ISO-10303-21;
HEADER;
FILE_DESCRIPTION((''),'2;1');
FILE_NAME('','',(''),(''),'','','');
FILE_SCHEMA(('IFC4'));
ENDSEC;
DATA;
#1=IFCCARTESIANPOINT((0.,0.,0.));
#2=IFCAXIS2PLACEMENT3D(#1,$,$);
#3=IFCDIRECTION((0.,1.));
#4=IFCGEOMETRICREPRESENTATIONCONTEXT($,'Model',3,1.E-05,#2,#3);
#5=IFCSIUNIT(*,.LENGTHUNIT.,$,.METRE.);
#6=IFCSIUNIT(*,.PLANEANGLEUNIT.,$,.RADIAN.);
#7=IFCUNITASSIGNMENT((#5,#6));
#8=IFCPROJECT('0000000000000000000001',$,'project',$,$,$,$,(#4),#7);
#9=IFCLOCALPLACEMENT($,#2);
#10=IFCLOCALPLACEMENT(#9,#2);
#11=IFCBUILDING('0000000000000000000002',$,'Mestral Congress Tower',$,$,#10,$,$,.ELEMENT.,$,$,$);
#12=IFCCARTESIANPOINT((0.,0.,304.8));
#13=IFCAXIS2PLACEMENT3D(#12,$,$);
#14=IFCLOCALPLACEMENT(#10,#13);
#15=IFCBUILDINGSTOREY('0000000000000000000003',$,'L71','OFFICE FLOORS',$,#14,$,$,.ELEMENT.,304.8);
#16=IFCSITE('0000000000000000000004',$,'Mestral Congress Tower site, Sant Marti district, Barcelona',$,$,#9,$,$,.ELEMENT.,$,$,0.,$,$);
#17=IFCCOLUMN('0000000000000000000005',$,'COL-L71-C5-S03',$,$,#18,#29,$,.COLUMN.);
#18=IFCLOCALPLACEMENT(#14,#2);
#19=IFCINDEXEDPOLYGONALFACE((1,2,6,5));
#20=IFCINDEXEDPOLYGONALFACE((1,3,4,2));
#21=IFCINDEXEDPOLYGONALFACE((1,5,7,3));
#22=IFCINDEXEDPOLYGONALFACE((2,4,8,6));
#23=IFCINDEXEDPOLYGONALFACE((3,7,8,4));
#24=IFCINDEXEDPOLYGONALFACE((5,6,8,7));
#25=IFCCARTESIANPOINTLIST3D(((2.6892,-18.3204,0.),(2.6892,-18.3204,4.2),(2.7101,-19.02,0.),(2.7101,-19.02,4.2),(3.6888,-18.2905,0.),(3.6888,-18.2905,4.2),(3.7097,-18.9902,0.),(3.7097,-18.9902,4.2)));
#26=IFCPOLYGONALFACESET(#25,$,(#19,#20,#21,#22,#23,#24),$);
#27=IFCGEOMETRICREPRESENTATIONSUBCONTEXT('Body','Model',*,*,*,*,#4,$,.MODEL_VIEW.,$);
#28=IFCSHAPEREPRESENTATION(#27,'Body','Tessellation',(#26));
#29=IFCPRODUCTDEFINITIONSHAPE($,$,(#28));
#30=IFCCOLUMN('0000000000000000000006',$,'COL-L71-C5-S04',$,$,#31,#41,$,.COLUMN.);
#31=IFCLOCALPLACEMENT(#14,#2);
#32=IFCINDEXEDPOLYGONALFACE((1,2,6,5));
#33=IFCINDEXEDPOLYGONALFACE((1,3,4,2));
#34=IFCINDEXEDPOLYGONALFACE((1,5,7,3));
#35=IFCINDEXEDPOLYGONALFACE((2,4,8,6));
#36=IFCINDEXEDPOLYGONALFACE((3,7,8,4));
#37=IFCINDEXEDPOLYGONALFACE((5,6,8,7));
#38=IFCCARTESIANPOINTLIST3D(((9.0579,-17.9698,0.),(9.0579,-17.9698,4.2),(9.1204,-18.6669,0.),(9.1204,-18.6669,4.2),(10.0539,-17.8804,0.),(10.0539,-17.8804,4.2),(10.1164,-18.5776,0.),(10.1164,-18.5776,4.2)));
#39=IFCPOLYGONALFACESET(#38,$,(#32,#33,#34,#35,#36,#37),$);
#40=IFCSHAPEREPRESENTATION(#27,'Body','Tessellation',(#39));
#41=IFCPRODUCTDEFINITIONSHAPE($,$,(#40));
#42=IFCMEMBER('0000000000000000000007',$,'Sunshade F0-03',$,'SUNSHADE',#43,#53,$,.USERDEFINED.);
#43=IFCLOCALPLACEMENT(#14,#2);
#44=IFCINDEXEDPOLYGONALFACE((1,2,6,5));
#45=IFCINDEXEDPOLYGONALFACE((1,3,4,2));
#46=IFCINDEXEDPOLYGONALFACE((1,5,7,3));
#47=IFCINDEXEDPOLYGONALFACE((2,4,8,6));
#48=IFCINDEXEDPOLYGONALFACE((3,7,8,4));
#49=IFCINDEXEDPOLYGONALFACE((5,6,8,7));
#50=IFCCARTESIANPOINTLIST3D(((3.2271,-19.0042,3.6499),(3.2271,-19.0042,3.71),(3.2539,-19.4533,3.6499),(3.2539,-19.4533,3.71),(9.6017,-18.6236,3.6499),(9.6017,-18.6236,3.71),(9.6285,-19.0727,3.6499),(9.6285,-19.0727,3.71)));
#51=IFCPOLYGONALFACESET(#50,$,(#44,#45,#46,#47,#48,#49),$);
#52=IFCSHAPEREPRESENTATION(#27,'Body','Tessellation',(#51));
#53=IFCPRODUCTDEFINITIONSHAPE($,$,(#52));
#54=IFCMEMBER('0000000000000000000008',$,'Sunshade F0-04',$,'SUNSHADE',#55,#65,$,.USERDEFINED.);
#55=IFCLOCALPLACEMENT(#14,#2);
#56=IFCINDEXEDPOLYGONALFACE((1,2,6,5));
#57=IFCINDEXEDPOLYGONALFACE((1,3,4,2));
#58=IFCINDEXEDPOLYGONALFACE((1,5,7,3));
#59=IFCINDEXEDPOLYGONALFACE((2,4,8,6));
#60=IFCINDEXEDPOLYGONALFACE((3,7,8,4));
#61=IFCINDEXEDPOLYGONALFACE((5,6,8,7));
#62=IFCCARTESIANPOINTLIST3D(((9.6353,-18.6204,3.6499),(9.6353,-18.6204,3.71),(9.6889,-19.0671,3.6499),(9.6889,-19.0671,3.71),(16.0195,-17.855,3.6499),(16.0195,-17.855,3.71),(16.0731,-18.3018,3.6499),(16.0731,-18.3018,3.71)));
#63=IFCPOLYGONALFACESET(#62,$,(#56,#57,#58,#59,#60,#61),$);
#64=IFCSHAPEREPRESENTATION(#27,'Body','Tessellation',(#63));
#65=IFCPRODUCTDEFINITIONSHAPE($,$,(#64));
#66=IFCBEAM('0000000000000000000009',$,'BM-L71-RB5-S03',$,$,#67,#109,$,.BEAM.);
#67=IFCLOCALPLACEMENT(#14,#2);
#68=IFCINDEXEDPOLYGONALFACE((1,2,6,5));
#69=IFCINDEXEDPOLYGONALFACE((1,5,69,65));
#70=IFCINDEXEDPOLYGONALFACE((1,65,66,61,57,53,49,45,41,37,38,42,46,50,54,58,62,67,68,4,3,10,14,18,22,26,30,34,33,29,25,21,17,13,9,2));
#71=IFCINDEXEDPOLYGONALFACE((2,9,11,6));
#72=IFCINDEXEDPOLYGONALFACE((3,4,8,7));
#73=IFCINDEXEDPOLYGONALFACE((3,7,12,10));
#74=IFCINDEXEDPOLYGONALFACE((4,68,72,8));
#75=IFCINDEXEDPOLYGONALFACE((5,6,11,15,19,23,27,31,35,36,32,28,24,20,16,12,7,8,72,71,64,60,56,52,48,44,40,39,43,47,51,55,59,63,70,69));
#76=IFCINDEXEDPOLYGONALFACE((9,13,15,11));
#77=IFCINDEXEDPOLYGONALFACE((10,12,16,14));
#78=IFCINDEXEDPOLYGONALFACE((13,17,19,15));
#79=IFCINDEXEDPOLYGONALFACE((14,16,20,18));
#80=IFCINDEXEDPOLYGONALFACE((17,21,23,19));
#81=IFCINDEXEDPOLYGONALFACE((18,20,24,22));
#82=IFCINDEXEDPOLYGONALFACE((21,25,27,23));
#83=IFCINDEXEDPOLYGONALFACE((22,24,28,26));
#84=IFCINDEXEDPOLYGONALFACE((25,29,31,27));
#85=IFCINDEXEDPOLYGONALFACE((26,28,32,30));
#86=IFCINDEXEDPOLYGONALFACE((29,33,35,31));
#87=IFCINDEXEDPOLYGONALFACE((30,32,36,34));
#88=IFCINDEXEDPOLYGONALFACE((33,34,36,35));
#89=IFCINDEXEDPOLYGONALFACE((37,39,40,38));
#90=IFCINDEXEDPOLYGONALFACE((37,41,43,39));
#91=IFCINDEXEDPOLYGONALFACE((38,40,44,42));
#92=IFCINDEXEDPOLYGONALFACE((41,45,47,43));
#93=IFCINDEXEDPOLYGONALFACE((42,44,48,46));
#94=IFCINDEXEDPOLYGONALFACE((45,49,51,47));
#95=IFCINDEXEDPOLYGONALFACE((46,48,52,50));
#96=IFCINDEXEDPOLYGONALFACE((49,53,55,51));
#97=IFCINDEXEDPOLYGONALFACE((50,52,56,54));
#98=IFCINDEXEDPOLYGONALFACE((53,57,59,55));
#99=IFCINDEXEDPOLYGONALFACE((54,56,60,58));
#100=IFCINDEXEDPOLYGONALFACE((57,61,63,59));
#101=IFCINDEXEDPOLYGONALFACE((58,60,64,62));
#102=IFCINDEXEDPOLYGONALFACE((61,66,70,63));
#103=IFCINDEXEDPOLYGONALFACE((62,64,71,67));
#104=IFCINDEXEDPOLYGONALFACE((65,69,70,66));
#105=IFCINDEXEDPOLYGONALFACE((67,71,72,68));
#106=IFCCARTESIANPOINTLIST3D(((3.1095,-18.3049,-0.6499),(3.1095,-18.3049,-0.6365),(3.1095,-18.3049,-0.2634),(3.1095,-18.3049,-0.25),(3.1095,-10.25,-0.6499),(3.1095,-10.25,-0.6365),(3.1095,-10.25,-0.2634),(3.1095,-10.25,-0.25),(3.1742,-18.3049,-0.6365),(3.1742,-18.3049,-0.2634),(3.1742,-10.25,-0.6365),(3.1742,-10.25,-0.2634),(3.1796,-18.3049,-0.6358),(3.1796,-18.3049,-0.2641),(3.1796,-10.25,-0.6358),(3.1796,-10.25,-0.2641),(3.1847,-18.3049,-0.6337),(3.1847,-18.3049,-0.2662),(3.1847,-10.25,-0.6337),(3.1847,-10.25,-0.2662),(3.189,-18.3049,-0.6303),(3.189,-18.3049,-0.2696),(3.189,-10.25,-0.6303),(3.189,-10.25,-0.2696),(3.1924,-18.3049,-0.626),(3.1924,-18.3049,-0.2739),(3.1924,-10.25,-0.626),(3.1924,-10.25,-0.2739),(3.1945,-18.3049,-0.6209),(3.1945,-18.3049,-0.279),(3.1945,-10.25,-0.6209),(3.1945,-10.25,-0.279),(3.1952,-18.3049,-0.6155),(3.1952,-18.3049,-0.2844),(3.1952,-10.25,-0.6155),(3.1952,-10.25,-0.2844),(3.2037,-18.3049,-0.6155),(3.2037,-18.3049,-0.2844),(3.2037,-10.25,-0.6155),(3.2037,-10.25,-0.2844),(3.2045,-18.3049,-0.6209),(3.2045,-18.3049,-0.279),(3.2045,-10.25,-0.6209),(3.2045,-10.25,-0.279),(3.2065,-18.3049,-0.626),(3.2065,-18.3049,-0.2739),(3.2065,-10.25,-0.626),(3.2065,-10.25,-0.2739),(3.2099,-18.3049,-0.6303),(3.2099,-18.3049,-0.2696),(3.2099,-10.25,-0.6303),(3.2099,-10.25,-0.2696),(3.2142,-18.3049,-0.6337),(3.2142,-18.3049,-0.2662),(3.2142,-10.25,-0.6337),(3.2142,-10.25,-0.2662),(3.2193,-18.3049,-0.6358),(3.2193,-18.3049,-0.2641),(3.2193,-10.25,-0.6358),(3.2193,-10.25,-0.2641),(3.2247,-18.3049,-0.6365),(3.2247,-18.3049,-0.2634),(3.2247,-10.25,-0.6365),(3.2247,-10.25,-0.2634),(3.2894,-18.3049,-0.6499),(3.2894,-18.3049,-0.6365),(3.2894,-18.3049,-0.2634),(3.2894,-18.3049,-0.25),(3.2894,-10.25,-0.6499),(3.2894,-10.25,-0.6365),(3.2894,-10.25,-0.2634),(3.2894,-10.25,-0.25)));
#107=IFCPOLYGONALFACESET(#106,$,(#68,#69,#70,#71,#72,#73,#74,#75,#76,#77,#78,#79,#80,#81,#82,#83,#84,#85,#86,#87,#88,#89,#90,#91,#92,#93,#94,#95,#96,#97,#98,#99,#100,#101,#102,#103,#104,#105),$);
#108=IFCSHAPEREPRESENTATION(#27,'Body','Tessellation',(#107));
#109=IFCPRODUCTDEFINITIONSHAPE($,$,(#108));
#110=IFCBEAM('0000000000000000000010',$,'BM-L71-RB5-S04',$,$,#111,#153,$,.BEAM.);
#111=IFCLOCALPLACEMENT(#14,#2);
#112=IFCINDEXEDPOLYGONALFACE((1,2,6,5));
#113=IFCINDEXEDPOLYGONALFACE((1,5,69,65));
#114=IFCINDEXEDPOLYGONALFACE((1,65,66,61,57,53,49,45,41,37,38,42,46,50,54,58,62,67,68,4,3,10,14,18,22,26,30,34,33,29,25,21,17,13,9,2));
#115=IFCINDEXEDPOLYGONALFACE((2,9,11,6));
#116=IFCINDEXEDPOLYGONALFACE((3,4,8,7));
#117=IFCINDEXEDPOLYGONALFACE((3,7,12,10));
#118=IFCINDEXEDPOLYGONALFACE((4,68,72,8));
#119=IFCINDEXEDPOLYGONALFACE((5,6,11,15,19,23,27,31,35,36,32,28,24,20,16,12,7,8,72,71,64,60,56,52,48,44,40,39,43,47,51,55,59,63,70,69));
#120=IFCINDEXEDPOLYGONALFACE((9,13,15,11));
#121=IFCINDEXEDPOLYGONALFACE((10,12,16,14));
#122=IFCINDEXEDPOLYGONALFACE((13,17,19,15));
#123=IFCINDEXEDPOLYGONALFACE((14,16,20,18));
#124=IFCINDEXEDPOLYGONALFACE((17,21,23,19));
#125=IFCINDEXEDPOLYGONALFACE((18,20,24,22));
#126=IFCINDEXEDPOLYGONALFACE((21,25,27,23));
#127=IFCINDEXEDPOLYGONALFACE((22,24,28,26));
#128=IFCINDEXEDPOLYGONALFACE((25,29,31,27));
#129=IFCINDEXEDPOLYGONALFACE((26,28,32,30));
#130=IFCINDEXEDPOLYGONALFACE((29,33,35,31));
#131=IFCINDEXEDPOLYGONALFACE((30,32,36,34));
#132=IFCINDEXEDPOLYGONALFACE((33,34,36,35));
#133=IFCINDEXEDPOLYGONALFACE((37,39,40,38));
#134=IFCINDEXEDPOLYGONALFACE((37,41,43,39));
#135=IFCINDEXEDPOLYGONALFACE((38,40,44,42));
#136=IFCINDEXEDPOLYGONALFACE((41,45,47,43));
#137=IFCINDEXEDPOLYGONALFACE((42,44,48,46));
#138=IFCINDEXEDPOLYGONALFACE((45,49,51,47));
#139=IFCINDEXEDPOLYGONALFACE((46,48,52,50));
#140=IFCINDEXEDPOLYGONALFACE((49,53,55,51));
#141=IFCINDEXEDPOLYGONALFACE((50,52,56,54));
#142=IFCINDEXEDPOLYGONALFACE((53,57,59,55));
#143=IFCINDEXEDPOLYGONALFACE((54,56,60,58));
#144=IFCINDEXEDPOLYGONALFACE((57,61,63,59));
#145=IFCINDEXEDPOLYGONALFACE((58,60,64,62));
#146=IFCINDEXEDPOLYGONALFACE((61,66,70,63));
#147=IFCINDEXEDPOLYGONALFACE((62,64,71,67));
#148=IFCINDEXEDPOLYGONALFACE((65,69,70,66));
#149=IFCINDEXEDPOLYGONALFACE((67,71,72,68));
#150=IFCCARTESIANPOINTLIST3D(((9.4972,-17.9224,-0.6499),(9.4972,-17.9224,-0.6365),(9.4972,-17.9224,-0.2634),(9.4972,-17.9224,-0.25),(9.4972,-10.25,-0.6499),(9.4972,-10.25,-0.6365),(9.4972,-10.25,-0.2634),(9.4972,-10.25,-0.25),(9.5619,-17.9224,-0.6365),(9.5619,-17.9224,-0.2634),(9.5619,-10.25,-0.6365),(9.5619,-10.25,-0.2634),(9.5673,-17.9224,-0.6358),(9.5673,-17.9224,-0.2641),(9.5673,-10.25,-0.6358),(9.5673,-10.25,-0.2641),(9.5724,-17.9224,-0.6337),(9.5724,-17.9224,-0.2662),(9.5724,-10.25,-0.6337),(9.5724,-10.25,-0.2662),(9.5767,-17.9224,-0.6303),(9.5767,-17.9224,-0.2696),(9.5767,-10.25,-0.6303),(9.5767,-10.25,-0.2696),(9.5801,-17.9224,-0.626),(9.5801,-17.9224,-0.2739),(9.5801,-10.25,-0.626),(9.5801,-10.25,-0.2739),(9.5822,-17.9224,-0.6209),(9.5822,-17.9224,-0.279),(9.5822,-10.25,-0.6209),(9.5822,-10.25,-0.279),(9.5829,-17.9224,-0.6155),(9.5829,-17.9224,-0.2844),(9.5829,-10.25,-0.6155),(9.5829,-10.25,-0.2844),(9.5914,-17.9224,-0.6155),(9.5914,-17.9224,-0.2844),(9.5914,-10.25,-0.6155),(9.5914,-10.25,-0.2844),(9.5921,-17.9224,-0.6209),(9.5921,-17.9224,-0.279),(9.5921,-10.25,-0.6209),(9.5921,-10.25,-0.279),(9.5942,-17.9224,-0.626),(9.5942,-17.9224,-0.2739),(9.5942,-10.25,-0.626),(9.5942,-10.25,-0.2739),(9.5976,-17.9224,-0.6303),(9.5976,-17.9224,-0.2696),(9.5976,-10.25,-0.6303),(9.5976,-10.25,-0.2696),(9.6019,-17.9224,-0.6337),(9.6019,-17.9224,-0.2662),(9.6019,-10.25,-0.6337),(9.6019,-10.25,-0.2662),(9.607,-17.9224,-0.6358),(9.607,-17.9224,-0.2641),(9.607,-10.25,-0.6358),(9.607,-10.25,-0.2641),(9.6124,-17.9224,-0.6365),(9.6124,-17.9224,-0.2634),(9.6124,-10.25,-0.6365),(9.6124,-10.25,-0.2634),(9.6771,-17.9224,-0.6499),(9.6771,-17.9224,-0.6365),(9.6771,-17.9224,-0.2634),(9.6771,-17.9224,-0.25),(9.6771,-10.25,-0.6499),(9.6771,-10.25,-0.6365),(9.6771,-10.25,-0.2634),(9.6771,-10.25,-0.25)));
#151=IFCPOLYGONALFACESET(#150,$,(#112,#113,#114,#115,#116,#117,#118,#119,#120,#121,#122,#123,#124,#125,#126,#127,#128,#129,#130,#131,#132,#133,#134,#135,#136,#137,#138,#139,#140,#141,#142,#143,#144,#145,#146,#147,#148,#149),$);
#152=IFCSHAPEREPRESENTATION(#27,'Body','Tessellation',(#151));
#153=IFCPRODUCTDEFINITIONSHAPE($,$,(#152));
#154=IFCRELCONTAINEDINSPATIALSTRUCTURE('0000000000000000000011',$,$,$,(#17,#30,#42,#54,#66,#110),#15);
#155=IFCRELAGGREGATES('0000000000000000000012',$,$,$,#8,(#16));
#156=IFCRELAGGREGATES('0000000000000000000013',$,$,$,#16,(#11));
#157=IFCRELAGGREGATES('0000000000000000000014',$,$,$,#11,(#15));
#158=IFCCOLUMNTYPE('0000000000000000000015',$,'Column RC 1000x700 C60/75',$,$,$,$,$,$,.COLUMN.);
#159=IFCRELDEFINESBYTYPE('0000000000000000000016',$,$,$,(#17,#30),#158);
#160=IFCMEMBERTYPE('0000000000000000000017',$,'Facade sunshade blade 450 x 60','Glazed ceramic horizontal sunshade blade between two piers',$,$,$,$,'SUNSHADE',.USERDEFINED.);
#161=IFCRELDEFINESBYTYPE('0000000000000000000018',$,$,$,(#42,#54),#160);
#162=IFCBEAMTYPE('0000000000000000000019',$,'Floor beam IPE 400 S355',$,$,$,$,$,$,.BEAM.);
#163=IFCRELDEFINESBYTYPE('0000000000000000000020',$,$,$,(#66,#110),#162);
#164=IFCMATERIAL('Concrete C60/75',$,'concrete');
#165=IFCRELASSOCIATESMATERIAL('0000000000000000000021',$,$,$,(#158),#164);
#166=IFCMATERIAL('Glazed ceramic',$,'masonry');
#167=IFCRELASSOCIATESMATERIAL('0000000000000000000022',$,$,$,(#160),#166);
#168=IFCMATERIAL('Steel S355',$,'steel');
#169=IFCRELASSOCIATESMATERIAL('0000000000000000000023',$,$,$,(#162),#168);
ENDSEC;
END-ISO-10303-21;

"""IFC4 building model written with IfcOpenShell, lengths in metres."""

from ifc_helpers import new_model, si_unit, direction, frame, origin, origin_2d, place, context, subcontext, project, spatial, rectangle, i_section, extrude, material, material_profile, profile_set, type_object, element, save


model = new_model("IFC4")

# Units and contexts
model_context = context("Model", 3, precision=1e-05, world=origin(), true_north=direction((0.0, 1.0)))
body_context = subcontext(model_context, "Body", "Model", "MODEL_VIEW")
ifc_project = project(units=[si_unit("LENGTHUNIT", "METRE"), si_unit("PLANEANGLEUNIT", "RADIAN")], contexts=[model_context])

# Site, building, storey
site_placement = place(None, origin())
site = spatial("IfcSite", under=ifc_project, at=site_placement, Name="Mestral Congress Tower site, Sant Marti district, Barcelona", CompositionType="ELEMENT", RefElevation=0.0)
building_placement = place(site_placement, origin())
building = spatial("IfcBuilding", under=site, at=building_placement, Name="Mestral Congress Tower", CompositionType="ELEMENT")
storey_placement = place(building_placement, frame((0.0, 0.0, 304.8)))
storey = spatial("IfcBuildingStorey", under=building, at=storey_placement, Name="L71", Description="OFFICE FLOORS", CompositionType="ELEMENT", Elevation=304.8)

# Columns
ifc_material_1 = material(Name="Concrete C60/75", Category="concrete")
ifc_material_profile_1 = material_profile(ifc_material_1, rectangle(XDim=1.0, YDim=0.7, at=origin_2d()), Name="RC 1000x700")
ifc_profile_set_1 = profile_set([ifc_material_profile_1], Name="Concrete C60/75")
column_type = type_object("IfcColumnType", Name="Column RC 1000x700 C60/75", PredefinedType="COLUMN", material=ifc_profile_set_1)
for number, where, z_axis, x_axis, name in (
    (1, (3.1995, -18.6553, 0.0), (0.0, 0.0, 1.0), (0.999555, 0.029828, 0.0), "COL-L71-C5-S03"),
    (2, (9.5872, -18.2737, 0.0), (0.0, 0.0, 1.0), (0.995998, 0.089378, 0.0), "COL-L71-C5-S04"),
):
    element("IfcColumn", number, at=place(storey_placement, frame(where, z_axis=z_axis, x_axis=x_axis)), inside=storey, type_object=column_type, Name=name, PredefinedType="COLUMN", context=body_context, shape_type="SweptSolid", body=[
        extrude(rectangle(XDim=1.0, YDim=0.7, at=origin_2d()), origin(), (0.0, 0.0, 1.0), 4.2),
    ])

# Members
ifc_material_2 = material(Name="Glazed ceramic", Category="masonry")
ifc_material_profile_2 = material_profile(ifc_material_2, rectangle(XDim=0.45, YDim=0.0601, at=origin_2d()), Name="Ceramic blade 450 x 60")
ifc_profile_set_2 = profile_set([ifc_material_profile_2], Name="Glazed ceramic")
member_type = type_object("IfcMemberType", Name="Facade sunshade blade 450 x 60", Description="Glazed ceramic horizontal sunshade blade between two piers", ElementType="SUNSHADE", PredefinedType="USERDEFINED", material=ifc_profile_set_2)
member_1_placement = place(storey_placement, frame((3.2405, -19.2288, 3.6799), z_axis=(0.998222, 0.059603, 0.0), x_axis=(-0.059603, 0.998222, 0.0)))
element("IfcMember", 3, at=member_1_placement, inside=storey, type_object=member_type, Name="Sunshade F0-03", ObjectType="SUNSHADE", PredefinedType="USERDEFINED", context=body_context, shape_type="SweptSolid", body=[
    extrude(rectangle(XDim=0.45, YDim=0.0601, at=origin_2d()), origin(), (0.0, 0.0, 1.0), 6.386),
])
member_2_placement = place(storey_placement, frame((9.6621, -18.8438, 3.6799), z_axis=(0.99289, 0.119033, 0.0), x_axis=(-0.119033, 0.99289, 0.0)))
element("IfcMember", 4, at=member_2_placement, inside=storey, type_object=member_type, Name="Sunshade F0-04", ObjectType="SUNSHADE", PredefinedType="USERDEFINED", context=body_context, shape_type="SweptSolid", body=[
    extrude(rectangle(XDim=0.45, YDim=0.0601, at=origin_2d()), origin(), (0.0, 0.0, 1.0), 6.4299),
])

# Beams
ifc_material_3 = material(Name="Steel S355", Category="steel")
ifc_material_profile_3 = material_profile(ifc_material_3, i_section(OverallWidth=0.1799, OverallDepth=0.3999, WebThickness=0.0085, FlangeThickness=0.0134, FilletRadius=0.021, at=origin_2d()), Name="IPE 400")
ifc_profile_set_3 = profile_set([ifc_material_profile_3], Name="Steel S355")
beam_type_1 = type_object("IfcBeamType", Name="Floor beam IPE 400 S355", PredefinedType="BEAM", material=ifc_profile_set_3)
beam_1_placement = place(storey_placement, frame((3.1995, -18.3049, -0.45), z_axis=(0.0, 1.0, 0.0), x_axis=(-1.0, 0.0, 0.0)))
element("IfcBeam", 5, at=beam_1_placement, inside=storey, type_object=beam_type_1, Name="BM-L71-RB5-S03", PredefinedType="BEAM", context=body_context, shape_type="SweptSolid", body=[
    extrude(i_section(OverallWidth=0.1799, OverallDepth=0.3999, WebThickness=0.0085, FlangeThickness=0.0134, FilletRadius=0.021, at=origin_2d()), origin(), (0.0, 0.0, 1.0), 8.0549),
])
beam_2_placement = place(storey_placement, frame((9.5872, -17.9224, -0.45), z_axis=(0.0, 1.0, 0.0), x_axis=(-1.0, 0.0, 0.0)))
element("IfcBeam", 6, at=beam_2_placement, inside=storey, type_object=beam_type_1, Name="BM-L71-RB5-S04", PredefinedType="BEAM", context=body_context, shape_type="SweptSolid", body=[
    extrude(i_section(OverallWidth=0.1799, OverallDepth=0.3999, WebThickness=0.0085, FlangeThickness=0.0134, FilletRadius=0.021, at=origin_2d()), origin(), (0.0, 0.0, 1.0), 7.6724),
])

save(model, "model.ifc")
